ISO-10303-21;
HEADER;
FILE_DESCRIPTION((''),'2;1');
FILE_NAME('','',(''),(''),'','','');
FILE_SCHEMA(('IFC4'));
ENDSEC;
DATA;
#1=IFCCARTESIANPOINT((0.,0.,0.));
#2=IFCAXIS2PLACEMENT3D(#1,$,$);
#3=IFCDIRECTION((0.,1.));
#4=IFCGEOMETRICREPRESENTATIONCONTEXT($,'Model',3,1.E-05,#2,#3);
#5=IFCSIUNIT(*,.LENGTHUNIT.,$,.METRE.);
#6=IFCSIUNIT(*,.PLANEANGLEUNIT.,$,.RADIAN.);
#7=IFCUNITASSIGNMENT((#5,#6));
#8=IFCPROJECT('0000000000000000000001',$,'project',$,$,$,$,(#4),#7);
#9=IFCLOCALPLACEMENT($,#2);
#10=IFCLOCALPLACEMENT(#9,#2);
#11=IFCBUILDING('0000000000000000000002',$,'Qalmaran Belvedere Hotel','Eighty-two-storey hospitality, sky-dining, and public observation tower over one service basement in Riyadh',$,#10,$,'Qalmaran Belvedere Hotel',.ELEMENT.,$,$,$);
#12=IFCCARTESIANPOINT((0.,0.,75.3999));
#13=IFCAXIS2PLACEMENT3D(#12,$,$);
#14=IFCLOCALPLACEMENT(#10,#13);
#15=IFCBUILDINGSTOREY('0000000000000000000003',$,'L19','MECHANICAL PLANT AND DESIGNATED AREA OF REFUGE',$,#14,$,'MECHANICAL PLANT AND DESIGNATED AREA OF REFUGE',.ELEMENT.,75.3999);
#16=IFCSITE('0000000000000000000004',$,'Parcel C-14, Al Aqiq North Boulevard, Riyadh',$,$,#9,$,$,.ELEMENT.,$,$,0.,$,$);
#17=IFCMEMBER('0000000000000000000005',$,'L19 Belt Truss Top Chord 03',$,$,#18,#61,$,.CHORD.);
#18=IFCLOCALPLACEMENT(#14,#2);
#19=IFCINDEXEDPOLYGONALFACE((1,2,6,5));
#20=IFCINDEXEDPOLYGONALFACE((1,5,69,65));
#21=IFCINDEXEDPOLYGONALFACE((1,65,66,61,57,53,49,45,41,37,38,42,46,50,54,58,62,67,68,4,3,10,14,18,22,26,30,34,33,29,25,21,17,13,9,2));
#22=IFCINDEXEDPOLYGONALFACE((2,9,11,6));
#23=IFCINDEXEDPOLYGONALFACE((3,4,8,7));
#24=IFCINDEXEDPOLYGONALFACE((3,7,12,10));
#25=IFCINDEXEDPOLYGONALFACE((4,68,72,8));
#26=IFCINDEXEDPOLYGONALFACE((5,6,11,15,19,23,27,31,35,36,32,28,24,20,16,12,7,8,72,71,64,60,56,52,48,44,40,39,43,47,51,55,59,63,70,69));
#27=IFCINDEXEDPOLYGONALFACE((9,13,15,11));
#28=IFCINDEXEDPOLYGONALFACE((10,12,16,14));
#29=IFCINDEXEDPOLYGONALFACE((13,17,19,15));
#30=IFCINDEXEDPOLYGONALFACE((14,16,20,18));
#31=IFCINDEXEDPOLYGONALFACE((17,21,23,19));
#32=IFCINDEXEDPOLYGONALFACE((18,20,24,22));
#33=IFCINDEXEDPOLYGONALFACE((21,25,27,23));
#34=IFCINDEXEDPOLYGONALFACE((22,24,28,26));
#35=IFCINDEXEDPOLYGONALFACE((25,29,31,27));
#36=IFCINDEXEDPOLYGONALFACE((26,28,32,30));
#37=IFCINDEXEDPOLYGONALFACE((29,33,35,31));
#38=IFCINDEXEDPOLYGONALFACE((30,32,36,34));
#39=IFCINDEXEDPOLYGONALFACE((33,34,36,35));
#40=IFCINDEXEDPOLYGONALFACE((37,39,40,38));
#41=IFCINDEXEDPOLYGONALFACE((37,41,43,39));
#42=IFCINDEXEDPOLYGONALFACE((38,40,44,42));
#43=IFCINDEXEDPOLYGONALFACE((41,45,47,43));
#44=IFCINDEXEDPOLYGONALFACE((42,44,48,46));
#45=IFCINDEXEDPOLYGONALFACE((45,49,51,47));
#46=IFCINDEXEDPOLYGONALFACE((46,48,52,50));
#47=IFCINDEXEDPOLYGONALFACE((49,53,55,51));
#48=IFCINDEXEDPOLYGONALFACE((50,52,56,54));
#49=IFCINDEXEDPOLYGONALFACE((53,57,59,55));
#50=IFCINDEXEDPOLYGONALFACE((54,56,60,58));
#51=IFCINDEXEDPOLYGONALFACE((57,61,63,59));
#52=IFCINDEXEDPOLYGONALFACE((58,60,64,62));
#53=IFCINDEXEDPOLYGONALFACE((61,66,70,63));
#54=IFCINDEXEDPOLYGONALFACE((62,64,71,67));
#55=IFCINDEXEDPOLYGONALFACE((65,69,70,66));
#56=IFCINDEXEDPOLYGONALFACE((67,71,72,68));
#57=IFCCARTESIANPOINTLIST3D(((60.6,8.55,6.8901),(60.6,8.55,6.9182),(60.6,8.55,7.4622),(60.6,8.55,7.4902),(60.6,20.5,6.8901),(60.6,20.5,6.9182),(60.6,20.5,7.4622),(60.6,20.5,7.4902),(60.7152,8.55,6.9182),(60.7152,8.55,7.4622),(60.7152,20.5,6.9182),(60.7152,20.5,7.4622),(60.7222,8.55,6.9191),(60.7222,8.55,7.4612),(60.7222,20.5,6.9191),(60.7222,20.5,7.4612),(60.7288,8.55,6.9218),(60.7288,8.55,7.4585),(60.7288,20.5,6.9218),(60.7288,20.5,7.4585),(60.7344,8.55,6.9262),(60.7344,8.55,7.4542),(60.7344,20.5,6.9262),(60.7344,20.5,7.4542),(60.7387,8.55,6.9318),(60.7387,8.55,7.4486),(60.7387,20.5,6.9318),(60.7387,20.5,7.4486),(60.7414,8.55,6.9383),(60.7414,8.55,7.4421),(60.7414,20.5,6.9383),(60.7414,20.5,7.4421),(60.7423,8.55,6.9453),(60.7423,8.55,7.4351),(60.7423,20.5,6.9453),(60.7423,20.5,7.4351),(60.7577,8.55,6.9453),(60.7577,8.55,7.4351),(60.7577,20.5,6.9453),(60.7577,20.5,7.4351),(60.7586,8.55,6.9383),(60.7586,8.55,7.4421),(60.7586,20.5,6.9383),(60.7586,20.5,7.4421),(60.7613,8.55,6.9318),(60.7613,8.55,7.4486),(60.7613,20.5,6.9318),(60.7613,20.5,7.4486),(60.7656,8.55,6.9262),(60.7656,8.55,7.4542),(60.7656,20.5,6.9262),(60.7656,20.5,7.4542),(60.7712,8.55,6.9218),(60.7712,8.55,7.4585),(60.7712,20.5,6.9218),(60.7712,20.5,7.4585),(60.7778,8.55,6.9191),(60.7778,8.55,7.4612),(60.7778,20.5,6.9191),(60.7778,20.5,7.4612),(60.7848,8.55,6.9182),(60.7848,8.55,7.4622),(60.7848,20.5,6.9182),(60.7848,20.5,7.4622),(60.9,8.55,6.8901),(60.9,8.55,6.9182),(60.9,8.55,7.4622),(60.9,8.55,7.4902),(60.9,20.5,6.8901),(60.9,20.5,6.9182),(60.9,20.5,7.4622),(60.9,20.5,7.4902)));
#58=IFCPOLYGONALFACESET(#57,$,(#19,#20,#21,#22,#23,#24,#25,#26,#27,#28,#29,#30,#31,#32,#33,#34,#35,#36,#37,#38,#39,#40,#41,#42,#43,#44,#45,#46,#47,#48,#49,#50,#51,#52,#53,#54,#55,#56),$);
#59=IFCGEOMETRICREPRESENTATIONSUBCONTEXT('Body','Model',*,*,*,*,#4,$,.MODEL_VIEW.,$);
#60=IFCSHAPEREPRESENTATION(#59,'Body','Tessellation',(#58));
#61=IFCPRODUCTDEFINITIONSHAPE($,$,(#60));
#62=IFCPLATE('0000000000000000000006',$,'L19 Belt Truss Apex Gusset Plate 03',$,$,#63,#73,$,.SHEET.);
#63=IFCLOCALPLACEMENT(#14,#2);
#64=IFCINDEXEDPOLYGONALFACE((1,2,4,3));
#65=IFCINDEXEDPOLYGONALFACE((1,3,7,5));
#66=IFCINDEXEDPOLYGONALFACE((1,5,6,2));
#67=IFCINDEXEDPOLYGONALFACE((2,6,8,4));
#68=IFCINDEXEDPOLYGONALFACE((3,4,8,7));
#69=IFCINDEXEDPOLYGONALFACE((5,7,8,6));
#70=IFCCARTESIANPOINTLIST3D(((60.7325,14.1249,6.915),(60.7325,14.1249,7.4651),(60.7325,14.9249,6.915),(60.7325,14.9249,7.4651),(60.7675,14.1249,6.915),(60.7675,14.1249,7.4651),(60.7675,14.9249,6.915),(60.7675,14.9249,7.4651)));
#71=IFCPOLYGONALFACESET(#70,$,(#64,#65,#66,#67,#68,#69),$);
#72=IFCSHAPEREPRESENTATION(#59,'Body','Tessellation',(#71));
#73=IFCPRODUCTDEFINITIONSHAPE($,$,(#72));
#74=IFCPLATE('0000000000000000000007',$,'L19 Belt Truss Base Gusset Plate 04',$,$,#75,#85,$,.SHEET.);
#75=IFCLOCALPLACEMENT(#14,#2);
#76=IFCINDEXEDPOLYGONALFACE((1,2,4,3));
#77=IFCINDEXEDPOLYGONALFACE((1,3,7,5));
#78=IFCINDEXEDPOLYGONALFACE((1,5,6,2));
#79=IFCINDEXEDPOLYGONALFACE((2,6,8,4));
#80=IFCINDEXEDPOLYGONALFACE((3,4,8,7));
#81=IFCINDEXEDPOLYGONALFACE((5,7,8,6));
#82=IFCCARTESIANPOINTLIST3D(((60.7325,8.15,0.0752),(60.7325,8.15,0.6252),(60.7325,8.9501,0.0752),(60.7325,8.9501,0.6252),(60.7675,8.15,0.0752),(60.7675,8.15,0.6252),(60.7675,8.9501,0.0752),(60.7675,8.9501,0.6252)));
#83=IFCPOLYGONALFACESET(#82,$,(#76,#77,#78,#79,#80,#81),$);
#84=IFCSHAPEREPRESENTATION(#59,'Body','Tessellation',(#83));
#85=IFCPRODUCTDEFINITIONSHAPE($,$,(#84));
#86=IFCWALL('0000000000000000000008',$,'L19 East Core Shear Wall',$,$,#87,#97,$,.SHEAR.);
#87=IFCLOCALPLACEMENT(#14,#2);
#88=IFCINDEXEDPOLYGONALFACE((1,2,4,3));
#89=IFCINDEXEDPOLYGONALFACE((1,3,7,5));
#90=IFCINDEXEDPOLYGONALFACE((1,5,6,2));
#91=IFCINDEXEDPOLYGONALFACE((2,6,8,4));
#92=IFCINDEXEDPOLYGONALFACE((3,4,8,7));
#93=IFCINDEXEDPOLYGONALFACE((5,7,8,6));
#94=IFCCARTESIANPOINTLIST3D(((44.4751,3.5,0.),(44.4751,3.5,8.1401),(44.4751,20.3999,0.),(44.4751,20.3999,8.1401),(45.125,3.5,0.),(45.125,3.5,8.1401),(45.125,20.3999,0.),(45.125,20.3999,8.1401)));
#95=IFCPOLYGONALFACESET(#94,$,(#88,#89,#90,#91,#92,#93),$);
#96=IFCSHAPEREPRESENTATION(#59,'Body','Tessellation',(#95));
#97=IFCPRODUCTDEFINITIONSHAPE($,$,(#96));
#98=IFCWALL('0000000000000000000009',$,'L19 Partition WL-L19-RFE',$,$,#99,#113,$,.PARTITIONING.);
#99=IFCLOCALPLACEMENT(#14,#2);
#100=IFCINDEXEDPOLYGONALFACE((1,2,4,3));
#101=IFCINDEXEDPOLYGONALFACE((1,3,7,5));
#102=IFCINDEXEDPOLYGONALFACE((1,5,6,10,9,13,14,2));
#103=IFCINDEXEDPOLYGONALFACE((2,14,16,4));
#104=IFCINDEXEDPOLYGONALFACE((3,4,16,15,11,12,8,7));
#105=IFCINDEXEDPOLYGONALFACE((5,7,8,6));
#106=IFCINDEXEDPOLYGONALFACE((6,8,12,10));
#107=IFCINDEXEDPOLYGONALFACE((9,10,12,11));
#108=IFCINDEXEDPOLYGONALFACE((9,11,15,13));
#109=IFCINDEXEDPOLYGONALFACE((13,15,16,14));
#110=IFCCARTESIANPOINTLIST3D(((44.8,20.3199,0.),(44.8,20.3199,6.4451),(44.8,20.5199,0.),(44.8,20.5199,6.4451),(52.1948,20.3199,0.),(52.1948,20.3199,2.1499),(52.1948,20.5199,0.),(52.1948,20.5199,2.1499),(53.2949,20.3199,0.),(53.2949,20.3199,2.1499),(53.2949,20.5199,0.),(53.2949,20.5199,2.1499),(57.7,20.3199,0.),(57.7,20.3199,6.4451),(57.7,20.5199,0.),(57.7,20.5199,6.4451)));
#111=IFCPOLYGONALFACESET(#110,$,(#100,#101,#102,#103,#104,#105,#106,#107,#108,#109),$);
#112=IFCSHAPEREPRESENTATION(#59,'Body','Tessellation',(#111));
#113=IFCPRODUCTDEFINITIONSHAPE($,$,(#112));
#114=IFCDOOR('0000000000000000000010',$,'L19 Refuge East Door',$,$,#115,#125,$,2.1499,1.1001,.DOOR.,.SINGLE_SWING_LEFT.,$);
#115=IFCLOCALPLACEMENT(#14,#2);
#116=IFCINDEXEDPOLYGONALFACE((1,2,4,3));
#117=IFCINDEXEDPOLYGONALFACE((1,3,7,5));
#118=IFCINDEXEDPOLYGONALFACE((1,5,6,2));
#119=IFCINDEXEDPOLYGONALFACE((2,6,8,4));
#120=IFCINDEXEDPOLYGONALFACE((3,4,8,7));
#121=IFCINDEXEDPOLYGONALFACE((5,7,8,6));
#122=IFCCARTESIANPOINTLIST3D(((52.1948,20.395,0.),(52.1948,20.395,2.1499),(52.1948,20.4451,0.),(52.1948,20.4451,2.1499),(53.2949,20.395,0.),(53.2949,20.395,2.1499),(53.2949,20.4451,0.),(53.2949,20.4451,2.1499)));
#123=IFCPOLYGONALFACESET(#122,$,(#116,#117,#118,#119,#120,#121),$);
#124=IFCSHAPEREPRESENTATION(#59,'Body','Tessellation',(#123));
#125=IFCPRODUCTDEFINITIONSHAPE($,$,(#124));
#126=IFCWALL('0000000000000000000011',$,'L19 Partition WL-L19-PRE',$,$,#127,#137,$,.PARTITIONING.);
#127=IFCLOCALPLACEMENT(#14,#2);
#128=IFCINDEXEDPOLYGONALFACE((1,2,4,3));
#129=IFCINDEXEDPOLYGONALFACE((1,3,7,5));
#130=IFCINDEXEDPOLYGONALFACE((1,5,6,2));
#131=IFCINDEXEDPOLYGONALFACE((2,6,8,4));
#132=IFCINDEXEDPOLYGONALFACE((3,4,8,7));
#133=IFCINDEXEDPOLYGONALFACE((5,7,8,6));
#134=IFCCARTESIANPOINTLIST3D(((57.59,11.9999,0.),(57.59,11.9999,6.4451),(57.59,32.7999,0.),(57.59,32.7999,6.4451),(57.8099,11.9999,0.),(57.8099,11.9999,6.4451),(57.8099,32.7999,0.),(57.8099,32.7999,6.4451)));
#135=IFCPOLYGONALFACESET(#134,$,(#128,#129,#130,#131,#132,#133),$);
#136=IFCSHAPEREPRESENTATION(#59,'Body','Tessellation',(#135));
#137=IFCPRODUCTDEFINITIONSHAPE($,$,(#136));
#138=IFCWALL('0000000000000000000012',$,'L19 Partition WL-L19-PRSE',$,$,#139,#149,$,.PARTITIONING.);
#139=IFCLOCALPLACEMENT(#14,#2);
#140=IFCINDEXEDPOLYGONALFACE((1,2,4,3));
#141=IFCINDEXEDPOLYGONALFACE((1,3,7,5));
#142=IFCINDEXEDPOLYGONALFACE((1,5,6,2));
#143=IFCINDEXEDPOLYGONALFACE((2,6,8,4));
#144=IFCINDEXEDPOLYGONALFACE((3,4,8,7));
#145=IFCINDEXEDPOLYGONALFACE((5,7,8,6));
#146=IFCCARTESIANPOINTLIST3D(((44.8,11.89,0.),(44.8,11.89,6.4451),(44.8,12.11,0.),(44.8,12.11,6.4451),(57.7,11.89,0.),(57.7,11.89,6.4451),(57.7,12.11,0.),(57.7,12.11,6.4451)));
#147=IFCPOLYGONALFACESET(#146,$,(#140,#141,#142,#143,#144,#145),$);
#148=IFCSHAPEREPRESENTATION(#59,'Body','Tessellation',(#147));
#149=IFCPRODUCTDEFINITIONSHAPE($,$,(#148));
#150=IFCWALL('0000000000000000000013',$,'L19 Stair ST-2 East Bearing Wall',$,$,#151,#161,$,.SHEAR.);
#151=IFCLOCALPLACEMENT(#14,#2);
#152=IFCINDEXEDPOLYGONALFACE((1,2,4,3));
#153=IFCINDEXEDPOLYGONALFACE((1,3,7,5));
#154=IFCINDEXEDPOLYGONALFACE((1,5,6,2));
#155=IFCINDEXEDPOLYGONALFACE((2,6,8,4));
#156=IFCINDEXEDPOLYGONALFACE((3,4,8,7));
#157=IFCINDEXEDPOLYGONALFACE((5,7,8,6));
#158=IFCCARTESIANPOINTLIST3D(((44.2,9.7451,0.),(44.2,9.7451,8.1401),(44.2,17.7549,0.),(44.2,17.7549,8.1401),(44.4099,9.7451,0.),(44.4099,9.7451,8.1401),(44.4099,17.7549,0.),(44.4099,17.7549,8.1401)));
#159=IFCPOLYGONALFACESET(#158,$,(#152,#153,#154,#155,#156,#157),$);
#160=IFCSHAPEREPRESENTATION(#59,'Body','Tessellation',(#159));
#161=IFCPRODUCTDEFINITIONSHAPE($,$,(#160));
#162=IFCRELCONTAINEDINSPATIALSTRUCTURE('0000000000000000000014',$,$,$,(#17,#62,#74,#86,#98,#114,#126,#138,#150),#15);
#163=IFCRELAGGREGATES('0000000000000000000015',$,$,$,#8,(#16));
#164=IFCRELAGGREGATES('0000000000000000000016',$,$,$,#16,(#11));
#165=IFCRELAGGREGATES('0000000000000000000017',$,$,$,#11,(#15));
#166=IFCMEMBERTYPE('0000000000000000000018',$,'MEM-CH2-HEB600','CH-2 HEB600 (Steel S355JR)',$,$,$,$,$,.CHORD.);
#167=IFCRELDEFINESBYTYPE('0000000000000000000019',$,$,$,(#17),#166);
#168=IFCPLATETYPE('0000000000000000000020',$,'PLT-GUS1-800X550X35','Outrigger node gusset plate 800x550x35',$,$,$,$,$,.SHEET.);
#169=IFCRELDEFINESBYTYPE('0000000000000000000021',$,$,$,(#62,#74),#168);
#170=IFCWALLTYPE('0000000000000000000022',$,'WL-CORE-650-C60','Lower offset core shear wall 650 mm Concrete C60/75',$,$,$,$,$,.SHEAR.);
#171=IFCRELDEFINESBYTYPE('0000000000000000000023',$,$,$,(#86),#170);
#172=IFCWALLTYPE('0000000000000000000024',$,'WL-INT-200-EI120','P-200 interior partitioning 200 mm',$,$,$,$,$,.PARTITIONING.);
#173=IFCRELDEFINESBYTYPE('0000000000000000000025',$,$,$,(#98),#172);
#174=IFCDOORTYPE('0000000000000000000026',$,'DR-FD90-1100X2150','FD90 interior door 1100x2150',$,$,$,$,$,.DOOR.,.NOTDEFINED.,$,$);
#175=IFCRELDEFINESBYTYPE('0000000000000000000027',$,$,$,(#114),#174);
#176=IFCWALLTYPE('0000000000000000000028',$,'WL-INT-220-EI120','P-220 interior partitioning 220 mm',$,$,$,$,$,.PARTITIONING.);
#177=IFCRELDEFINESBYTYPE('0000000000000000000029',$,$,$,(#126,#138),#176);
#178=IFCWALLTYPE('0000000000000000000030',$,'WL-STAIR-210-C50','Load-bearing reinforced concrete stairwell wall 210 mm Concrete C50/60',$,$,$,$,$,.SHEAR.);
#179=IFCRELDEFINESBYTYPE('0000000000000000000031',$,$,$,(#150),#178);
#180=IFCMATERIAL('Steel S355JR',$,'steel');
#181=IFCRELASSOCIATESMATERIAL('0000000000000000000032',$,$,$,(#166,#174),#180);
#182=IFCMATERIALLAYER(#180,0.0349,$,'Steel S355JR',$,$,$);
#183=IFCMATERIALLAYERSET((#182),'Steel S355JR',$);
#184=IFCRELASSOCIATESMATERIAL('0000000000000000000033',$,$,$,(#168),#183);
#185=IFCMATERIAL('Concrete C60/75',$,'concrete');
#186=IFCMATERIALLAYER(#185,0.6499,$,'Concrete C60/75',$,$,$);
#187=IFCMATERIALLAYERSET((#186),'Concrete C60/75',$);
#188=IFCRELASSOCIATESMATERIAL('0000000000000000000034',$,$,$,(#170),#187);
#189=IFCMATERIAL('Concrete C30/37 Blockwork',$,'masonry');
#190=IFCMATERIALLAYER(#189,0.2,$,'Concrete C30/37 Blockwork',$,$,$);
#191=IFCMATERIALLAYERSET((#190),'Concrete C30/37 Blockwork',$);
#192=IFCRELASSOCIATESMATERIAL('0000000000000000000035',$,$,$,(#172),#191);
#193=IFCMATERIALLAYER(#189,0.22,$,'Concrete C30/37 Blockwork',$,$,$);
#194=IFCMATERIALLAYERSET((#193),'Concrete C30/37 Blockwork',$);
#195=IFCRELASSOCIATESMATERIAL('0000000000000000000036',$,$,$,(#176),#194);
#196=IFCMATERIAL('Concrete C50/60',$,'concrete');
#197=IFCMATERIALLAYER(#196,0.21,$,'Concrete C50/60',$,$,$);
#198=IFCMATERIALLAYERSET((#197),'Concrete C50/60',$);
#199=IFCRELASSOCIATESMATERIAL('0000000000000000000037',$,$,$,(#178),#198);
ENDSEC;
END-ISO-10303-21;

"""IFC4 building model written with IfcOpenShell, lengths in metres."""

from ifc_helpers import new_model, si_unit, direction, frame, frame_2d, origin, origin_2d, place, context, subcontext, project, spatial, rectangle, i_section, extrude, material, layer, layer_set, material_profile, profile_set, type_object, element, fill, save


model = new_model("IFC4")

# Units and contexts
model_context = context("Model", 3, precision=1e-05, world=origin(), true_north=direction((0.0, 1.0)))
body_context = subcontext(model_context, "Body", "Model", "MODEL_VIEW")
ifc_project = project(units=[si_unit("LENGTHUNIT", "METRE"), si_unit("PLANEANGLEUNIT", "RADIAN")], contexts=[model_context])

# Site, building, storey
site_placement = place(None, origin())
site = spatial("IfcSite", under=ifc_project, at=site_placement, Name="Parcel C-14, Al Aqiq North Boulevard, Riyadh", CompositionType="ELEMENT", RefElevation=0.0)
building_placement = place(site_placement, origin())
building = spatial("IfcBuilding", under=site, at=building_placement, Name="Qalmaran Belvedere Hotel", Description="Eighty-two-storey hospitality, sky-dining, and public observation tower over one service basement in Riyadh", LongName="Qalmaran Belvedere Hotel", CompositionType="ELEMENT")
storey_placement = place(building_placement, frame((0.0, 0.0, 75.3999)))
storey = spatial("IfcBuildingStorey", under=building, at=storey_placement, Name="L19", Description="MECHANICAL PLANT AND DESIGNATED AREA OF REFUGE", LongName="MECHANICAL PLANT AND DESIGNATED AREA OF REFUGE", CompositionType="ELEMENT", Elevation=75.3999)

# Shared definitions
ifc_material_1 = material(Name="Concrete C60/75", Category="concrete")

# Shared definitions
ifc_material_2 = material(Name="Steel S355JR", Category="steel")

# Member
ifc_material_profile_1 = material_profile(ifc_material_2, i_section(OverallWidth=0.3, OverallDepth=0.6001, WebThickness=0.0154, FlangeThickness=0.0281, FilletRadius=0.0271, at=origin_2d()), Name="HEB600")
ifc_profile_set_1 = profile_set([ifc_material_profile_1], Name="Steel S355JR")
member_type_1 = type_object("IfcMemberType", Name="MEM-CH2-HEB600", Description="CH-2 HEB600 (Steel S355JR)", PredefinedType="CHORD", material=ifc_profile_set_1)
member_1_placement = place(storey_placement, frame((60.75, 8.55, 7.1902), z_axis=(0.0, 1.0, 0.0), x_axis=(-1.0, 0.0, 0.0)))
element("IfcMember", 1, at=member_1_placement, inside=storey, type_object=member_type_1, Name="L19 Belt Truss Top Chord 03", PredefinedType="CHORD", context=body_context, shape_type="SweptSolid", body=[
    extrude(i_section(OverallWidth=0.3, OverallDepth=0.6001, WebThickness=0.0154, FlangeThickness=0.0281, FilletRadius=0.0271, at=origin_2d()), origin(), (0.0, 0.0, 1.0), 11.95),
])

# Plates
ifc_layer_1 = layer(ifc_material_2, 0.0349, Name="Steel S355JR")
ifc_layer_set_1 = layer_set([ifc_layer_1], Name="Steel S355JR")
plate_type = type_object("IfcPlateType", Name="PLT-GUS1-800X550X35", Description="Outrigger node gusset plate 800x550x35", PredefinedType="SHEET", material=ifc_layer_set_1)
for number, where, z_axis, x_axis, name in (
    (2, (60.75, 14.5249, 6.915), (0.0, 0.0, 1.0), (0.0, 1.0, 0.0), "L19 Belt Truss Apex Gusset Plate 03"),
    (3, (60.75, 8.55, 0.0752), (0.0, 0.0, 1.0), (0.0, 1.0, 0.0), "L19 Belt Truss Base Gusset Plate 04"),
):
    element("IfcPlate", number, at=place(storey_placement, frame(where, z_axis=z_axis, x_axis=x_axis)), inside=storey, type_object=plate_type, Name=name, PredefinedType="SHEET", context=body_context, shape_type="SweptSolid", body=[
        extrude(rectangle(XDim=0.8, YDim=0.0349, at=origin_2d()), origin(), (0.0, 0.0, 1.0), 0.55),
    ])

# Wall
ifc_layer_2 = layer(ifc_material_1, 0.6499, Name="Concrete C60/75")
ifc_layer_set_2 = layer_set([ifc_layer_2], Name="Concrete C60/75")
wall_type_1 = type_object("IfcWallType", Name="WL-CORE-650-C60", Description="Lower offset core shear wall 650 mm Concrete C60/75", PredefinedType="SHEAR", material=ifc_layer_set_2)
wall_1_placement = place(storey_placement, frame((44.8, 3.5, 0.0), z_axis=(0.0, 0.0, 1.0), x_axis=(0.0, 1.0, 0.0)))
element("IfcWall", 4, at=wall_1_placement, inside=storey, type_object=wall_type_1, Name="L19 East Core Shear Wall", PredefinedType="SHEAR", context=body_context, shape_type="SweptSolid", body=[
    extrude(rectangle(XDim=16.8999, YDim=0.6499, at=frame_2d((8.45, 0.0))), origin(), (0.0, 0.0, 1.0), 8.1401),
])

# Wall, opening, door
ifc_material_3 = material(Name="Concrete C30/37 Blockwork", Category="masonry")
ifc_layer_3 = layer(ifc_material_3, 0.2, Name="Concrete C30/37 Blockwork")
ifc_layer_set_3 = layer_set([ifc_layer_3], Name="Concrete C30/37 Blockwork")
wall_type_2 = type_object("IfcWallType", Name="WL-INT-200-EI120", Description="P-200 interior partitioning 200 mm", PredefinedType="PARTITIONING", material=ifc_layer_set_3)
wall_2_placement = place(storey_placement, frame((44.8, 20.4199, 0.0), z_axis=(0.0, 0.0, 1.0), x_axis=(1.0, 0.0, 0.0)))
wall_2 = element("IfcWall", 5, at=wall_2_placement, inside=storey, type_object=wall_type_2, Name="L19 Partition WL-L19-RFE", PredefinedType="PARTITIONING", context=body_context, shape_type="SweptSolid", body=[
    extrude(rectangle(XDim=12.8999, YDim=0.2, at=frame_2d((6.45, 0.0))), origin(), (0.0, 0.0, 1.0), 6.4451),
])
opening_placement = place(wall_2_placement, frame((8.4949, 0.0, 0.0), z_axis=(0.0, 0.0, 1.0), x_axis=(-1.0, 0.0, 0.0)))
opening = element("IfcOpeningElement", 6, at=opening_placement, cuts=wall_2, PredefinedType="OPENING", context=body_context, shape_type="SweptSolid", body=[
    extrude(rectangle(XDim=1.1001, YDim=2.1499, at=frame_2d((0.55, 1.075))), frame((0.0, 0.1099, 0.0), z_axis=(0.0, -1.0, 0.0), x_axis=(1.0, 0.0, 0.0)), (0.0, 0.0, 1.0), 0.22),
])
door_type = type_object("IfcDoorType", Name="DR-FD90-1100X2150", Description="FD90 interior door 1100x2150", OperationType="NOTDEFINED", PredefinedType="DOOR", material=ifc_material_2)
door_placement = place(opening_placement, origin())
door = element("IfcDoor", 7, at=door_placement, inside=storey, type_object=door_type, Name="L19 Refuge East Door", OperationType="SINGLE_SWING_LEFT", OverallHeight=2.1499, OverallWidth=1.1001, PredefinedType="DOOR", context=body_context, shape_type="SweptSolid", body=[
    extrude(rectangle(XDim=1.1001, YDim=2.1499, at=frame_2d((0.55, 1.075))), frame((0.0, 0.0249, 0.0), z_axis=(0.0, -1.0, 0.0), x_axis=(1.0, 0.0, 0.0)), (0.0, 0.0, 1.0), 0.05),
])
fill(opening, door)

# Walls
ifc_layer_4 = layer(ifc_material_3, 0.22, Name="Concrete C30/37 Blockwork")
ifc_layer_set_4 = layer_set([ifc_layer_4], Name="Concrete C30/37 Blockwork")
wall_type_3 = type_object("IfcWallType", Name="WL-INT-220-EI120", Description="P-220 interior partitioning 220 mm", PredefinedType="PARTITIONING", material=ifc_layer_set_4)
wall_3_placement = place(storey_placement, frame((57.7, 12.0, 0.0), z_axis=(0.0, 0.0, 1.0), x_axis=(0.0, 1.0, 0.0)))
element("IfcWall", 8, at=wall_3_placement, inside=storey, type_object=wall_type_3, Name="L19 Partition WL-L19-PRE", PredefinedType="PARTITIONING", context=body_context, shape_type="SweptSolid", body=[
    extrude(rectangle(XDim=20.8, YDim=0.22, at=frame_2d((10.3999, 0.0))), origin(), (0.0, 0.0, 1.0), 6.4451),
])
wall_4_placement = place(storey_placement, frame((44.8, 12.0, 0.0), z_axis=(0.0, 0.0, 1.0), x_axis=(1.0, 0.0, 0.0)))
element("IfcWall", 9, at=wall_4_placement, inside=storey, type_object=wall_type_3, Name="L19 Partition WL-L19-PRSE", PredefinedType="PARTITIONING", context=body_context, shape_type="SweptSolid", body=[
    extrude(rectangle(XDim=12.8999, YDim=0.22, at=frame_2d((6.45, 0.0))), origin(), (0.0, 0.0, 1.0), 6.4451),
])
ifc_material_4 = material(Name="Concrete C50/60", Category="concrete")
ifc_layer_5 = layer(ifc_material_4, 0.21, Name="Concrete C50/60")
ifc_layer_set_5 = layer_set([ifc_layer_5], Name="Concrete C50/60")
wall_type_4 = type_object("IfcWallType", Name="WL-STAIR-210-C50", Description="Load-bearing reinforced concrete stairwell wall 210 mm Concrete C50/60", PredefinedType="SHEAR", material=ifc_layer_set_5)
wall_5_placement = place(storey_placement, frame((44.3049, 9.7451, 0.0), z_axis=(0.0, 0.0, 1.0), x_axis=(0.0, 1.0, 0.0)))
element("IfcWall", 10, at=wall_5_placement, inside=storey, type_object=wall_type_4, Name="L19 Stair ST-2 East Bearing Wall", PredefinedType="SHEAR", context=body_context, shape_type="SweptSolid", body=[
    extrude(rectangle(XDim=8.0098, YDim=0.21, at=frame_2d((4.0049, 0.0))), origin(), (0.0, 0.0, 1.0), 8.1401),
])

save(model, "model.ifc")
